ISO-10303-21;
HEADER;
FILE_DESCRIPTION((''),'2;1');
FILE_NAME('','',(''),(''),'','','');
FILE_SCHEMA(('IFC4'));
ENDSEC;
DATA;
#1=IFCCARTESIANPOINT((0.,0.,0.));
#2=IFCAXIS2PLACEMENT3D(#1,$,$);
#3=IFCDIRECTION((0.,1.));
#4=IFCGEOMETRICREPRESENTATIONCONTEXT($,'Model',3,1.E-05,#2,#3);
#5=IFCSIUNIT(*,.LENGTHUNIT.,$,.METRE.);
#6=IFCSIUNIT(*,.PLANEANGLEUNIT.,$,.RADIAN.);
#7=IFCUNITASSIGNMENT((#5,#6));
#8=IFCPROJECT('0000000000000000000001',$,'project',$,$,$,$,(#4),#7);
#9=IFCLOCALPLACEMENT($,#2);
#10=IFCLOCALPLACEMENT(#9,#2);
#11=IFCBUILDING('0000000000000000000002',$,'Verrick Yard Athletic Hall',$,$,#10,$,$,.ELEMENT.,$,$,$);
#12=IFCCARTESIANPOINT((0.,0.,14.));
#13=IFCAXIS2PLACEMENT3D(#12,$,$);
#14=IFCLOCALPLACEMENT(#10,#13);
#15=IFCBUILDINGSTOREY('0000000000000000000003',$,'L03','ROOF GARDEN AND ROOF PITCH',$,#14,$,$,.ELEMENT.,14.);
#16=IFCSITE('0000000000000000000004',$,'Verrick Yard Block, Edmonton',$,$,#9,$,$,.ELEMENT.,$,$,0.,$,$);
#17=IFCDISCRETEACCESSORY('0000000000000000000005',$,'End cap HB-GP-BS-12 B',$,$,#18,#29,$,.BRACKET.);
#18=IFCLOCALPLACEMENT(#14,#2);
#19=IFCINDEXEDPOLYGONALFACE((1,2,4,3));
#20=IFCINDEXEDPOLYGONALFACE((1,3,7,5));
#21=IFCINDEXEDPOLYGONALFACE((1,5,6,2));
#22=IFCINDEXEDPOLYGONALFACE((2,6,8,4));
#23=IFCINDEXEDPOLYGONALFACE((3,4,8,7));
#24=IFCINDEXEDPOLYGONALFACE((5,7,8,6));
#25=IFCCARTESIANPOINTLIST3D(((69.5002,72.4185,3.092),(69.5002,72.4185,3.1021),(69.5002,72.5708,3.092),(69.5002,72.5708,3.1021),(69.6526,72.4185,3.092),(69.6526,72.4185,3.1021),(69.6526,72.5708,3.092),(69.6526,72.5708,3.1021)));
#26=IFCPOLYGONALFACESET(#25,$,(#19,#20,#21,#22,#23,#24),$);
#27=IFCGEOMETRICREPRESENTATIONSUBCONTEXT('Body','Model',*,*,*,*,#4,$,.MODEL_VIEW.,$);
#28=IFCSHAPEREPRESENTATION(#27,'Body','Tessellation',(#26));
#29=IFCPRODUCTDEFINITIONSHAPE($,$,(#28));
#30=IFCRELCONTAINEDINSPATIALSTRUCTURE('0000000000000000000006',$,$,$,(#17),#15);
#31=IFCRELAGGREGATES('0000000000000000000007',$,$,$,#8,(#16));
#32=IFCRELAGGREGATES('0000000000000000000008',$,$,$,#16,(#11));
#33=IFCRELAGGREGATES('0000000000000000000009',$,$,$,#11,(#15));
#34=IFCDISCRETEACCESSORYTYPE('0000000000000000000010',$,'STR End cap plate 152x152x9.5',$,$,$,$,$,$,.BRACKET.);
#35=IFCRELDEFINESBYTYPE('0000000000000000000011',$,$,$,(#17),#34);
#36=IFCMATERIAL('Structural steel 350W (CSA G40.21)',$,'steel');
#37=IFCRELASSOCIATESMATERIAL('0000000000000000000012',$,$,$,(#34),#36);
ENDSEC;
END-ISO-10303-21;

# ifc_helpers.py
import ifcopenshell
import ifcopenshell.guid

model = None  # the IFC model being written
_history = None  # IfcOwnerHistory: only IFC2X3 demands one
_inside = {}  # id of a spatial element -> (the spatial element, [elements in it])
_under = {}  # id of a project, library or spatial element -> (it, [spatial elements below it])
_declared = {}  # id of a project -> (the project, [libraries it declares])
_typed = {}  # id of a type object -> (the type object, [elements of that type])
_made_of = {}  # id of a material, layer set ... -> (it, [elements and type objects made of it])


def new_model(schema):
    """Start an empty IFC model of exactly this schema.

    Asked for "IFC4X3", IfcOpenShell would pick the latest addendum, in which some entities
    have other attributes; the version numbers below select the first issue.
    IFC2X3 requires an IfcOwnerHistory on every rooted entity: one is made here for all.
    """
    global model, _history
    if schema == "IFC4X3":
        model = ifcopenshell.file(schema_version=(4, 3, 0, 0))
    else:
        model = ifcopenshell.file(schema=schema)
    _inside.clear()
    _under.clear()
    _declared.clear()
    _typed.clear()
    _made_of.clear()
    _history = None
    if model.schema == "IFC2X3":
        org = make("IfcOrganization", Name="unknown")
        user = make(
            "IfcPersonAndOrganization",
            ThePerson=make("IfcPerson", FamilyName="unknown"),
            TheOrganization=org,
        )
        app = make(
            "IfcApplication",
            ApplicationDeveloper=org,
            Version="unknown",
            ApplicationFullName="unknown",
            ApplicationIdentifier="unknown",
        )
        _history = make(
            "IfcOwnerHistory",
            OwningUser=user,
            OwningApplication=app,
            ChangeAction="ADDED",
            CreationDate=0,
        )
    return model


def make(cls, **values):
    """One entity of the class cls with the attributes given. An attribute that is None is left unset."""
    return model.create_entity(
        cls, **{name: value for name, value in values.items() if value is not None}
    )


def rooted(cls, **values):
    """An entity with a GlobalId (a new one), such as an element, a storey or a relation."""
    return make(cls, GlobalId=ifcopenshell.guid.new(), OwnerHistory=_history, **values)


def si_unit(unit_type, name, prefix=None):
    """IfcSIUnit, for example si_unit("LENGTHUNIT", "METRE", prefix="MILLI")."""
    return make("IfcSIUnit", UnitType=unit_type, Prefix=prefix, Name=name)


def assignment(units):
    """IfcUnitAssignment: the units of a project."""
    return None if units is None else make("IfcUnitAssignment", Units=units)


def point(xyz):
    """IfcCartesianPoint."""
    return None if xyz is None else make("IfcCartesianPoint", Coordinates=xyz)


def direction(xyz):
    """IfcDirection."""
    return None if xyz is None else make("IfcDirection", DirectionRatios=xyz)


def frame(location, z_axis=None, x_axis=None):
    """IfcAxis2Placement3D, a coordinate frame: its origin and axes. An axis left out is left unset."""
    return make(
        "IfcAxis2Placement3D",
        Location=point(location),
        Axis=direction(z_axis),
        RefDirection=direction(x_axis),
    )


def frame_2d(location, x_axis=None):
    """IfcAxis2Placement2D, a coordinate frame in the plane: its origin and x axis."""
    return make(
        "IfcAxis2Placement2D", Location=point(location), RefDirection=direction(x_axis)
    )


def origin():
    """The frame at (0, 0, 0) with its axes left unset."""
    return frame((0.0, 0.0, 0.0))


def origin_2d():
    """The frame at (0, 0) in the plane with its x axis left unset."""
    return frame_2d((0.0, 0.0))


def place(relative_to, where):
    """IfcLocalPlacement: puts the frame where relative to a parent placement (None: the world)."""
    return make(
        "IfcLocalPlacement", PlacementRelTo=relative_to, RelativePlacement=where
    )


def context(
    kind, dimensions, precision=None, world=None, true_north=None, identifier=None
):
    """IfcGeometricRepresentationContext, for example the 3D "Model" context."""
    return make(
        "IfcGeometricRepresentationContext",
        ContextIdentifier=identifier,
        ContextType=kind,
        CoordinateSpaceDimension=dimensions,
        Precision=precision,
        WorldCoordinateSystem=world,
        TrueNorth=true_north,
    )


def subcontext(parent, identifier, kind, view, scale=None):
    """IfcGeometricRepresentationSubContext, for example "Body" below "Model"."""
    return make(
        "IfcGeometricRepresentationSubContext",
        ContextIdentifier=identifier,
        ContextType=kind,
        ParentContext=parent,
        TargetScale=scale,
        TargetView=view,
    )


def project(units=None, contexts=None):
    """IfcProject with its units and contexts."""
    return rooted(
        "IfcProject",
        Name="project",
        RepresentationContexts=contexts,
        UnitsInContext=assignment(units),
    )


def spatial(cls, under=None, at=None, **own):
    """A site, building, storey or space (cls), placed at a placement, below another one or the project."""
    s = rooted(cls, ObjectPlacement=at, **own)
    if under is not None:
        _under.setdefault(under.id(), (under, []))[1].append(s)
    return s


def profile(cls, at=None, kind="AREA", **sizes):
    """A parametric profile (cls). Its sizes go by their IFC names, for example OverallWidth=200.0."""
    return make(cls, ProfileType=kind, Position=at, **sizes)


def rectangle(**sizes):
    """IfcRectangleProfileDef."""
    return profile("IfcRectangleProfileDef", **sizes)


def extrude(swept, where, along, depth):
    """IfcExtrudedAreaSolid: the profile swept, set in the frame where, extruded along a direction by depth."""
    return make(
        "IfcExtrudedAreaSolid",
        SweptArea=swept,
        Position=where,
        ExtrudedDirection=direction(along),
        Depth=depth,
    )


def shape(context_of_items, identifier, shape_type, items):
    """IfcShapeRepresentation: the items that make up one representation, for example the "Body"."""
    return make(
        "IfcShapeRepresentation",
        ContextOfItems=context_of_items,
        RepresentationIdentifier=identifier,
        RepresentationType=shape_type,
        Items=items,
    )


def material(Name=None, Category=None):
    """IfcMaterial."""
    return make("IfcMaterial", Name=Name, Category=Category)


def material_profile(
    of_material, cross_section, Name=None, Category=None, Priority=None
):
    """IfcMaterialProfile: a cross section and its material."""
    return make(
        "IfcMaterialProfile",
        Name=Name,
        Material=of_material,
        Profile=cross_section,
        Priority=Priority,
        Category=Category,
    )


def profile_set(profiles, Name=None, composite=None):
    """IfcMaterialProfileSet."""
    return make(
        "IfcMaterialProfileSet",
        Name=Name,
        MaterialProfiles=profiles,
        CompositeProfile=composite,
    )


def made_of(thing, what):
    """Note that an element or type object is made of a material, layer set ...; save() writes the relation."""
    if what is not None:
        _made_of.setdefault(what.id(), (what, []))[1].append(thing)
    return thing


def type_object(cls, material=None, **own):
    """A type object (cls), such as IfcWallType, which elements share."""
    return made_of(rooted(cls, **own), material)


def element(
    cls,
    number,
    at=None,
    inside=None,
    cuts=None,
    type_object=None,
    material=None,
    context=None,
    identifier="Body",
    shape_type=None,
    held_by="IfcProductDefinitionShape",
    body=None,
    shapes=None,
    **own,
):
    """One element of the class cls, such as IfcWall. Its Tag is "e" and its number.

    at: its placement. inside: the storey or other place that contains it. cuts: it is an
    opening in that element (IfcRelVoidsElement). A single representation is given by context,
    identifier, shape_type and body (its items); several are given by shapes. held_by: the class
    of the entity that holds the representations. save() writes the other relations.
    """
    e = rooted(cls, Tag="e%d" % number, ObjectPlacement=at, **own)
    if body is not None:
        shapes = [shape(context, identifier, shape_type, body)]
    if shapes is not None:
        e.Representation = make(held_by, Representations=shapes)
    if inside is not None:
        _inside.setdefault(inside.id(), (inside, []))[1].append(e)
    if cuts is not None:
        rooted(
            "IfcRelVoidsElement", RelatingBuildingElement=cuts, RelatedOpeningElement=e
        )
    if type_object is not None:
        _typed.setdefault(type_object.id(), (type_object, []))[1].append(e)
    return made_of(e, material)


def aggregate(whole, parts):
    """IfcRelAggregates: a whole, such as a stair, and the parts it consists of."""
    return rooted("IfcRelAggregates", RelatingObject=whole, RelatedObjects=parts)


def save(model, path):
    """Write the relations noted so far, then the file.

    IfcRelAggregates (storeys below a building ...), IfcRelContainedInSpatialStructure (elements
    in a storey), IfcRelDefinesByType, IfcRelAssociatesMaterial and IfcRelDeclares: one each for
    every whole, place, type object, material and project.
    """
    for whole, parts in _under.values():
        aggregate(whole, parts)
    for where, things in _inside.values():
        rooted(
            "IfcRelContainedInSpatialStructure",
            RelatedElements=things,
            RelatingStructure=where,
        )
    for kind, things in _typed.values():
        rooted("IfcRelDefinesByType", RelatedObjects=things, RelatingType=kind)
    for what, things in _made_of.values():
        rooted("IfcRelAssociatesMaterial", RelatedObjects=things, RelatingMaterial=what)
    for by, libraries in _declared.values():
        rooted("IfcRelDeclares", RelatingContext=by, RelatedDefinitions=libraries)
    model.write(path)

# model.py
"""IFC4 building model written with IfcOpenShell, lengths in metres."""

from ifc_helpers import new_model, si_unit, direction, frame, origin, origin_2d, place, context, subcontext, project, spatial, rectangle, extrude, material, material_profile, profile_set, type_object, element, save


model = new_model("IFC4")

# Units and contexts
model_context = context("Model", 3, precision=1e-05, world=origin(), true_north=direction((0.0, 1.0)))
body_context = subcontext(model_context, "Body", "Model", "MODEL_VIEW")
ifc_project = project(units=[si_unit("LENGTHUNIT", "METRE"), si_unit("PLANEANGLEUNIT", "RADIAN")], contexts=[model_context])

# Site, building, storey
site_placement = place(None, origin())
site = spatial("IfcSite", under=ifc_project, at=site_placement, Name="Verrick Yard Block, Edmonton", CompositionType="ELEMENT", RefElevation=0.0)
building_placement = place(site_placement, origin())
building = spatial("IfcBuilding", under=site, at=building_placement, Name="Verrick Yard Athletic Hall", CompositionType="ELEMENT")
storey_placement = place(building_placement, frame((0.0, 0.0, 14.0)))
storey = spatial("IfcBuildingStorey", under=building, at=storey_placement, Name="L03", Description="ROOF GARDEN AND ROOF PITCH", CompositionType="ELEMENT", Elevation=14.0)

# Discrete accessory
ifc_material_1 = material(Name="Structural steel 350W (CSA G40.21)", Category="steel")
ifc_material_profile_1 = material_profile(ifc_material_1, rectangle(XDim=0.1523, YDim=0.1523, at=origin_2d()), Name="STR End cap plate 152x152x9.5")
ifc_profile_set_1 = profile_set([ifc_material_profile_1], Name="Structural steel 350W (CSA G40.21)")
discrete_accessory_type_1 = type_object("IfcDiscreteAccessoryType", Name="STR End cap plate 152x152x9.5", PredefinedType="BRACKET", material=ifc_profile_set_1)
discrete_accessory_placement = place(storey_placement, frame((69.5764, 72.4946, 3.092), z_axis=(0.0, 0.0, 1.0), x_axis=(1.0, 0.0, 0.0)))
element("IfcDiscreteAccessory", 1, at=discrete_accessory_placement, inside=storey, type_object=discrete_accessory_type_1, Name="End cap HB-GP-BS-12 B", PredefinedType="BRACKET", context=body_context, shape_type="SweptSolid", body=[
    extrude(rectangle(XDim=0.1523, YDim=0.1523, at=origin_2d()), origin(), (0.0, 0.0, 1.0), 0.01),
])

save(model, "model.ifc")
